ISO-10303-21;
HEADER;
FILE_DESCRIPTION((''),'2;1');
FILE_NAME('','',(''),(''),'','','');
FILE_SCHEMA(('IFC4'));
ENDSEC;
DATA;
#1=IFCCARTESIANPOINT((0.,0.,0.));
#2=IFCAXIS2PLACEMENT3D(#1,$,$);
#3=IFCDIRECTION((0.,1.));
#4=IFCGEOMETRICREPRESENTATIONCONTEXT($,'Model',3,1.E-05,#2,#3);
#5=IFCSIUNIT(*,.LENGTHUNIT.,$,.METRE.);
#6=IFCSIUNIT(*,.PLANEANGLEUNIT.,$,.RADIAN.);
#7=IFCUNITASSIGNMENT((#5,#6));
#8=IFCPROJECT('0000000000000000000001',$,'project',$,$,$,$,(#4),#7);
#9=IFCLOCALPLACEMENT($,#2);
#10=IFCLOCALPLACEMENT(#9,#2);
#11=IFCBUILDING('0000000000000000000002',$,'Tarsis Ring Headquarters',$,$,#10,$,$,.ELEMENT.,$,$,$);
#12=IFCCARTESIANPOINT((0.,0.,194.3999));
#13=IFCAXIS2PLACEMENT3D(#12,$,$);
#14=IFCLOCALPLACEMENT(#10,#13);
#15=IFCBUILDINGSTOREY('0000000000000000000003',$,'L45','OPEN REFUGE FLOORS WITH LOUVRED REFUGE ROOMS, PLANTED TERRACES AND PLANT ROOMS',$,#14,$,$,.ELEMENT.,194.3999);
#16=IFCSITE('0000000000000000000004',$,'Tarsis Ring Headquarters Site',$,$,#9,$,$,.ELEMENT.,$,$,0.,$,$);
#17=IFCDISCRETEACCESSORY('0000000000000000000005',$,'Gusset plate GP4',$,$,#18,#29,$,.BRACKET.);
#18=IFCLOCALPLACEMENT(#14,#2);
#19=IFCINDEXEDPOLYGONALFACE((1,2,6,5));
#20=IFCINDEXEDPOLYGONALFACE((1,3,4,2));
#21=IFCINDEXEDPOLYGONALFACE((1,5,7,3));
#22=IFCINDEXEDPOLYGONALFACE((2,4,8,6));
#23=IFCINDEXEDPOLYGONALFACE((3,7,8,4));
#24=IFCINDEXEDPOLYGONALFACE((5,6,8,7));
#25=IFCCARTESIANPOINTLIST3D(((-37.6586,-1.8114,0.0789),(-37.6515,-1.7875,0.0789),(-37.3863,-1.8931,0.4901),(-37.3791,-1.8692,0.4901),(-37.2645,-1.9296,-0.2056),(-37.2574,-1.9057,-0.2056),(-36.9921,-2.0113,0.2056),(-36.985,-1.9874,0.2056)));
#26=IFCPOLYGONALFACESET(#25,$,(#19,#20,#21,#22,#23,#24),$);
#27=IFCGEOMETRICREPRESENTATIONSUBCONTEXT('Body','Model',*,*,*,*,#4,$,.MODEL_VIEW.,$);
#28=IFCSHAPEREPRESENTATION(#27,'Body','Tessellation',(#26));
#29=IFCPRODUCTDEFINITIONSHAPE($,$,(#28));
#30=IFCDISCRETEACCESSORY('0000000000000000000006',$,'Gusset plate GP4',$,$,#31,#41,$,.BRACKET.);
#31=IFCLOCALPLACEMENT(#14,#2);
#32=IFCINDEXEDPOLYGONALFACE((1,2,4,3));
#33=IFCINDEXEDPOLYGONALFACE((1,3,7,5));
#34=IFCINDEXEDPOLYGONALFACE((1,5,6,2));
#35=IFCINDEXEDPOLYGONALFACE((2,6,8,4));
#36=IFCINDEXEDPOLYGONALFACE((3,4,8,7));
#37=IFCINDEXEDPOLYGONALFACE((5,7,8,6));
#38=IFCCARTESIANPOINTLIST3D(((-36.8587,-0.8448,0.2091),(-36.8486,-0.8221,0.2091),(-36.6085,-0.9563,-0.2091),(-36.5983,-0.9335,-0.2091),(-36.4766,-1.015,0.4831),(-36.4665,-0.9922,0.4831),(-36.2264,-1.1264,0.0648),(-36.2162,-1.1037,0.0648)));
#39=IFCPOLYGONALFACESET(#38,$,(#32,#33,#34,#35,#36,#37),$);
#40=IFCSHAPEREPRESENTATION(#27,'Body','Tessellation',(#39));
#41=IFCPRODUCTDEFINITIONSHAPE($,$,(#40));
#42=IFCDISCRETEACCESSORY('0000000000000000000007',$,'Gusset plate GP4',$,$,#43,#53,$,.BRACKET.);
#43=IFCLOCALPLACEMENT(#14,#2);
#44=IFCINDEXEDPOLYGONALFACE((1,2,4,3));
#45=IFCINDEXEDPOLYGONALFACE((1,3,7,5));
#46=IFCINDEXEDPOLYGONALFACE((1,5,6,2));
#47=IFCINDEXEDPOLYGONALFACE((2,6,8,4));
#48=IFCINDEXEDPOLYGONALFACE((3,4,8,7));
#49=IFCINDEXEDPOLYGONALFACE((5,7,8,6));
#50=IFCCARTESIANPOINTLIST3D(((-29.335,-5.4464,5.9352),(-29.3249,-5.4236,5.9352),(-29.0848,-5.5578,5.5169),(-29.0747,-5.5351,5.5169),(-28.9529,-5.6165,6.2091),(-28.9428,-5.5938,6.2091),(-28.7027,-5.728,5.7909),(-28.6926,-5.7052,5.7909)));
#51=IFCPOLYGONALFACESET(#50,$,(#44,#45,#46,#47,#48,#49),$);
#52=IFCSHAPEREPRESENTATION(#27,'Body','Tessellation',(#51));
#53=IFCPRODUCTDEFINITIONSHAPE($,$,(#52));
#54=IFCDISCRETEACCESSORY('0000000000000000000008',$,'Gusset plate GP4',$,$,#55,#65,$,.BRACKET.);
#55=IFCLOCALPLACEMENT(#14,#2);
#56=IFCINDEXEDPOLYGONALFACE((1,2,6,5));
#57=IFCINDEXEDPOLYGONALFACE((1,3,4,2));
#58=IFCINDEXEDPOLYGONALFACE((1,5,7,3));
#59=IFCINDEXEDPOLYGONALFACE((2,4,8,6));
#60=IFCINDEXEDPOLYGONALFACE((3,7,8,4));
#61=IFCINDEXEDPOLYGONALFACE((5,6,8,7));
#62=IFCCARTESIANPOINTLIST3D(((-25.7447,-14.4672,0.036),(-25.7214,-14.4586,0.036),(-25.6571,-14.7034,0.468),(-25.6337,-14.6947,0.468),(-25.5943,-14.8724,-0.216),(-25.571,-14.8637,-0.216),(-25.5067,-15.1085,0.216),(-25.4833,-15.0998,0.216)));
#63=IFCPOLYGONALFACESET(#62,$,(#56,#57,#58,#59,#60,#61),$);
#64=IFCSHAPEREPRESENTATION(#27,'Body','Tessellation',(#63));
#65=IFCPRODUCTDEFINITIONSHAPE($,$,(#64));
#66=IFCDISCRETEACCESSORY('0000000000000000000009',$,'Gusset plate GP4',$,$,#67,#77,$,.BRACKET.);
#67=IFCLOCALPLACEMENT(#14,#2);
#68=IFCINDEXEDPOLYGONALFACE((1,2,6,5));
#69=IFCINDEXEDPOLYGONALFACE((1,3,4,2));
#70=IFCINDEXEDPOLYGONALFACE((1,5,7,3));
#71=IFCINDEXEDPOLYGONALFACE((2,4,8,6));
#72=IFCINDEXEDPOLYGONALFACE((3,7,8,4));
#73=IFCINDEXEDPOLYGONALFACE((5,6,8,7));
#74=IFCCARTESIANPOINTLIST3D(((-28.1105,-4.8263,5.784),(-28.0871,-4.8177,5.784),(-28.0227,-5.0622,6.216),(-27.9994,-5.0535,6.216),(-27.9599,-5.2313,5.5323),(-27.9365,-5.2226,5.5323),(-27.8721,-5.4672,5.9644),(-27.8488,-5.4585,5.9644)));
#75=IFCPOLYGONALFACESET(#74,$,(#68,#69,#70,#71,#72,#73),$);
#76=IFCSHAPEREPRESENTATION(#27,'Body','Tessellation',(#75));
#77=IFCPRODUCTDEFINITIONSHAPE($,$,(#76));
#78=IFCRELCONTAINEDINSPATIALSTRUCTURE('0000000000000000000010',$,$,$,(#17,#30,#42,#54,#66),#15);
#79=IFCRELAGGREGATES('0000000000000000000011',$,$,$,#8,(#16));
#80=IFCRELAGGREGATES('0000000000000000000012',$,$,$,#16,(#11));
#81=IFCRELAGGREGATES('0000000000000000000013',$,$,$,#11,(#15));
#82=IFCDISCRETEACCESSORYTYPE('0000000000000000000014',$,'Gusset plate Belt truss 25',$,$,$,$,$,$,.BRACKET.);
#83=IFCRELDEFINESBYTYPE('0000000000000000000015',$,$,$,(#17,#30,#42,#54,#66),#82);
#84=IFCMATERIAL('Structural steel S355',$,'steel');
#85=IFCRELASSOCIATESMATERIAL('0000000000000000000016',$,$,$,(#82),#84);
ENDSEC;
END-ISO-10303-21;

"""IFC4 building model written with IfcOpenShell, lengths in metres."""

from ifc_helpers import new_model, si_unit, direction, frame, origin, origin_2d, place, context, subcontext, project, spatial, rectangle, extrude, material, material_profile, profile_set, type_object, element, save


model = new_model("IFC4")

# Units and contexts
model_context = context("Model", 3, precision=1e-05, world=origin(), true_north=direction((0.0, 1.0)))
body_context = subcontext(model_context, "Body", "Model", "MODEL_VIEW")
ifc_project = project(units=[si_unit("LENGTHUNIT", "METRE"), si_unit("PLANEANGLEUNIT", "RADIAN")], contexts=[model_context])

# Site, building, storey
site_placement = place(None, origin())
site = spatial("IfcSite", under=ifc_project, at=site_placement, Name="Tarsis Ring Headquarters Site", CompositionType="ELEMENT", RefElevation=0.0)
building_placement = place(site_placement, origin())
building = spatial("IfcBuilding", under=site, at=building_placement, Name="Tarsis Ring Headquarters", CompositionType="ELEMENT")
storey_placement = place(building_placement, frame((0.0, 0.0, 194.3999)))
storey = spatial("IfcBuildingStorey", under=building, at=storey_placement, Name="L45", Description="OPEN REFUGE FLOORS WITH LOUVRED REFUGE ROOMS, PLANTED TERRACES AND PLANT ROOMS", CompositionType="ELEMENT", Elevation=194.3999)

# Shared definitions
ifc_material_1 = material(Name="Structural steel S355", Category="steel")

# Discrete accessories
ifc_material_profile_1 = material_profile(ifc_material_1, rectangle(XDim=0.0249, YDim=0.5, at=origin_2d()), Name="PL 25x500")
ifc_profile_set_1 = profile_set([ifc_material_profile_1], Name="Structural steel S355")
discrete_accessory_type = type_object("IfcDiscreteAccessoryType", Name="Gusset plate Belt truss 25", PredefinedType="BRACKET", material=ifc_profile_set_1)
discrete_accessory_1_placement = place(storey_placement, frame((-37.1248, -1.9585, 0.0), z_axis=(-0.787882, 0.236267, 0.5687), x_axis=(-0.287239, -0.957859, 0.0)))
element("IfcDiscreteAccessory", 1, at=discrete_accessory_1_placement, inside=storey, type_object=discrete_accessory_type, Name="Gusset plate GP4", PredefinedType="BRACKET", context=body_context, shape_type="SweptSolid", body=[
    extrude(rectangle(XDim=0.0249, YDim=0.5, at=origin_2d()), origin(), (0.0, 0.0, 1.0), 0.5002),
])
for number, where, z_axis, x_axis, name in (
    (2, (-36.7285, -0.8892, 0.0), (0.764195, -0.340348, 0.547877), (0.406842, 0.913498, 0.0), "Gusset plate GP4"),
    (3, (-28.8228, -5.6609, 6.0), (-0.764195, 0.340348, -0.547877), (-0.406842, -0.913498, 0.0), "Gusset plate GP4"),
):
    element("IfcDiscreteAccessory", number, at=place(storey_placement, frame(where, z_axis=z_axis, x_axis=x_axis)), inside=storey, type_object=discrete_accessory_type, Name=name, PredefinedType="BRACKET", context=body_context, shape_type="SweptSolid", body=[
        extrude(rectangle(XDim=0.0249, YDim=0.5, at=origin_2d()), origin(), (0.0, 0.0, 1.0), 0.5),
    ])
discrete_accessory_2_placement = place(storey_placement, frame((-25.5388, -14.9861, 0.0), z_axis=(-0.300693, 0.809821, 0.503759), x_axis=(-0.937462, -0.348087, 0.0)))
element("IfcDiscreteAccessory", 4, at=discrete_accessory_2_placement, inside=storey, type_object=discrete_accessory_type, Name="Gusset plate GP4", PredefinedType="BRACKET", context=body_context, shape_type="SweptSolid", body=[
    extrude(rectangle(XDim=0.0249, YDim=0.5, at=origin_2d()), origin(), (0.0, 0.0, 1.0), 0.5002),
])
discrete_accessory_3_placement = place(storey_placement, frame((-28.0549, -4.9399, 6.0), z_axis=(0.301211, -0.809902, -0.50332), x_axis=(0.937278, 0.348584, 0.0)))
element("IfcDiscreteAccessory", 5, at=discrete_accessory_3_placement, inside=storey, type_object=discrete_accessory_type, Name="Gusset plate GP4", PredefinedType="BRACKET", context=body_context, shape_type="SweptSolid", body=[
    extrude(rectangle(XDim=0.0249, YDim=0.5, at=origin_2d()), origin(), (0.0, 0.0, 1.0), 0.5),
])

save(model, "model.ifc")
